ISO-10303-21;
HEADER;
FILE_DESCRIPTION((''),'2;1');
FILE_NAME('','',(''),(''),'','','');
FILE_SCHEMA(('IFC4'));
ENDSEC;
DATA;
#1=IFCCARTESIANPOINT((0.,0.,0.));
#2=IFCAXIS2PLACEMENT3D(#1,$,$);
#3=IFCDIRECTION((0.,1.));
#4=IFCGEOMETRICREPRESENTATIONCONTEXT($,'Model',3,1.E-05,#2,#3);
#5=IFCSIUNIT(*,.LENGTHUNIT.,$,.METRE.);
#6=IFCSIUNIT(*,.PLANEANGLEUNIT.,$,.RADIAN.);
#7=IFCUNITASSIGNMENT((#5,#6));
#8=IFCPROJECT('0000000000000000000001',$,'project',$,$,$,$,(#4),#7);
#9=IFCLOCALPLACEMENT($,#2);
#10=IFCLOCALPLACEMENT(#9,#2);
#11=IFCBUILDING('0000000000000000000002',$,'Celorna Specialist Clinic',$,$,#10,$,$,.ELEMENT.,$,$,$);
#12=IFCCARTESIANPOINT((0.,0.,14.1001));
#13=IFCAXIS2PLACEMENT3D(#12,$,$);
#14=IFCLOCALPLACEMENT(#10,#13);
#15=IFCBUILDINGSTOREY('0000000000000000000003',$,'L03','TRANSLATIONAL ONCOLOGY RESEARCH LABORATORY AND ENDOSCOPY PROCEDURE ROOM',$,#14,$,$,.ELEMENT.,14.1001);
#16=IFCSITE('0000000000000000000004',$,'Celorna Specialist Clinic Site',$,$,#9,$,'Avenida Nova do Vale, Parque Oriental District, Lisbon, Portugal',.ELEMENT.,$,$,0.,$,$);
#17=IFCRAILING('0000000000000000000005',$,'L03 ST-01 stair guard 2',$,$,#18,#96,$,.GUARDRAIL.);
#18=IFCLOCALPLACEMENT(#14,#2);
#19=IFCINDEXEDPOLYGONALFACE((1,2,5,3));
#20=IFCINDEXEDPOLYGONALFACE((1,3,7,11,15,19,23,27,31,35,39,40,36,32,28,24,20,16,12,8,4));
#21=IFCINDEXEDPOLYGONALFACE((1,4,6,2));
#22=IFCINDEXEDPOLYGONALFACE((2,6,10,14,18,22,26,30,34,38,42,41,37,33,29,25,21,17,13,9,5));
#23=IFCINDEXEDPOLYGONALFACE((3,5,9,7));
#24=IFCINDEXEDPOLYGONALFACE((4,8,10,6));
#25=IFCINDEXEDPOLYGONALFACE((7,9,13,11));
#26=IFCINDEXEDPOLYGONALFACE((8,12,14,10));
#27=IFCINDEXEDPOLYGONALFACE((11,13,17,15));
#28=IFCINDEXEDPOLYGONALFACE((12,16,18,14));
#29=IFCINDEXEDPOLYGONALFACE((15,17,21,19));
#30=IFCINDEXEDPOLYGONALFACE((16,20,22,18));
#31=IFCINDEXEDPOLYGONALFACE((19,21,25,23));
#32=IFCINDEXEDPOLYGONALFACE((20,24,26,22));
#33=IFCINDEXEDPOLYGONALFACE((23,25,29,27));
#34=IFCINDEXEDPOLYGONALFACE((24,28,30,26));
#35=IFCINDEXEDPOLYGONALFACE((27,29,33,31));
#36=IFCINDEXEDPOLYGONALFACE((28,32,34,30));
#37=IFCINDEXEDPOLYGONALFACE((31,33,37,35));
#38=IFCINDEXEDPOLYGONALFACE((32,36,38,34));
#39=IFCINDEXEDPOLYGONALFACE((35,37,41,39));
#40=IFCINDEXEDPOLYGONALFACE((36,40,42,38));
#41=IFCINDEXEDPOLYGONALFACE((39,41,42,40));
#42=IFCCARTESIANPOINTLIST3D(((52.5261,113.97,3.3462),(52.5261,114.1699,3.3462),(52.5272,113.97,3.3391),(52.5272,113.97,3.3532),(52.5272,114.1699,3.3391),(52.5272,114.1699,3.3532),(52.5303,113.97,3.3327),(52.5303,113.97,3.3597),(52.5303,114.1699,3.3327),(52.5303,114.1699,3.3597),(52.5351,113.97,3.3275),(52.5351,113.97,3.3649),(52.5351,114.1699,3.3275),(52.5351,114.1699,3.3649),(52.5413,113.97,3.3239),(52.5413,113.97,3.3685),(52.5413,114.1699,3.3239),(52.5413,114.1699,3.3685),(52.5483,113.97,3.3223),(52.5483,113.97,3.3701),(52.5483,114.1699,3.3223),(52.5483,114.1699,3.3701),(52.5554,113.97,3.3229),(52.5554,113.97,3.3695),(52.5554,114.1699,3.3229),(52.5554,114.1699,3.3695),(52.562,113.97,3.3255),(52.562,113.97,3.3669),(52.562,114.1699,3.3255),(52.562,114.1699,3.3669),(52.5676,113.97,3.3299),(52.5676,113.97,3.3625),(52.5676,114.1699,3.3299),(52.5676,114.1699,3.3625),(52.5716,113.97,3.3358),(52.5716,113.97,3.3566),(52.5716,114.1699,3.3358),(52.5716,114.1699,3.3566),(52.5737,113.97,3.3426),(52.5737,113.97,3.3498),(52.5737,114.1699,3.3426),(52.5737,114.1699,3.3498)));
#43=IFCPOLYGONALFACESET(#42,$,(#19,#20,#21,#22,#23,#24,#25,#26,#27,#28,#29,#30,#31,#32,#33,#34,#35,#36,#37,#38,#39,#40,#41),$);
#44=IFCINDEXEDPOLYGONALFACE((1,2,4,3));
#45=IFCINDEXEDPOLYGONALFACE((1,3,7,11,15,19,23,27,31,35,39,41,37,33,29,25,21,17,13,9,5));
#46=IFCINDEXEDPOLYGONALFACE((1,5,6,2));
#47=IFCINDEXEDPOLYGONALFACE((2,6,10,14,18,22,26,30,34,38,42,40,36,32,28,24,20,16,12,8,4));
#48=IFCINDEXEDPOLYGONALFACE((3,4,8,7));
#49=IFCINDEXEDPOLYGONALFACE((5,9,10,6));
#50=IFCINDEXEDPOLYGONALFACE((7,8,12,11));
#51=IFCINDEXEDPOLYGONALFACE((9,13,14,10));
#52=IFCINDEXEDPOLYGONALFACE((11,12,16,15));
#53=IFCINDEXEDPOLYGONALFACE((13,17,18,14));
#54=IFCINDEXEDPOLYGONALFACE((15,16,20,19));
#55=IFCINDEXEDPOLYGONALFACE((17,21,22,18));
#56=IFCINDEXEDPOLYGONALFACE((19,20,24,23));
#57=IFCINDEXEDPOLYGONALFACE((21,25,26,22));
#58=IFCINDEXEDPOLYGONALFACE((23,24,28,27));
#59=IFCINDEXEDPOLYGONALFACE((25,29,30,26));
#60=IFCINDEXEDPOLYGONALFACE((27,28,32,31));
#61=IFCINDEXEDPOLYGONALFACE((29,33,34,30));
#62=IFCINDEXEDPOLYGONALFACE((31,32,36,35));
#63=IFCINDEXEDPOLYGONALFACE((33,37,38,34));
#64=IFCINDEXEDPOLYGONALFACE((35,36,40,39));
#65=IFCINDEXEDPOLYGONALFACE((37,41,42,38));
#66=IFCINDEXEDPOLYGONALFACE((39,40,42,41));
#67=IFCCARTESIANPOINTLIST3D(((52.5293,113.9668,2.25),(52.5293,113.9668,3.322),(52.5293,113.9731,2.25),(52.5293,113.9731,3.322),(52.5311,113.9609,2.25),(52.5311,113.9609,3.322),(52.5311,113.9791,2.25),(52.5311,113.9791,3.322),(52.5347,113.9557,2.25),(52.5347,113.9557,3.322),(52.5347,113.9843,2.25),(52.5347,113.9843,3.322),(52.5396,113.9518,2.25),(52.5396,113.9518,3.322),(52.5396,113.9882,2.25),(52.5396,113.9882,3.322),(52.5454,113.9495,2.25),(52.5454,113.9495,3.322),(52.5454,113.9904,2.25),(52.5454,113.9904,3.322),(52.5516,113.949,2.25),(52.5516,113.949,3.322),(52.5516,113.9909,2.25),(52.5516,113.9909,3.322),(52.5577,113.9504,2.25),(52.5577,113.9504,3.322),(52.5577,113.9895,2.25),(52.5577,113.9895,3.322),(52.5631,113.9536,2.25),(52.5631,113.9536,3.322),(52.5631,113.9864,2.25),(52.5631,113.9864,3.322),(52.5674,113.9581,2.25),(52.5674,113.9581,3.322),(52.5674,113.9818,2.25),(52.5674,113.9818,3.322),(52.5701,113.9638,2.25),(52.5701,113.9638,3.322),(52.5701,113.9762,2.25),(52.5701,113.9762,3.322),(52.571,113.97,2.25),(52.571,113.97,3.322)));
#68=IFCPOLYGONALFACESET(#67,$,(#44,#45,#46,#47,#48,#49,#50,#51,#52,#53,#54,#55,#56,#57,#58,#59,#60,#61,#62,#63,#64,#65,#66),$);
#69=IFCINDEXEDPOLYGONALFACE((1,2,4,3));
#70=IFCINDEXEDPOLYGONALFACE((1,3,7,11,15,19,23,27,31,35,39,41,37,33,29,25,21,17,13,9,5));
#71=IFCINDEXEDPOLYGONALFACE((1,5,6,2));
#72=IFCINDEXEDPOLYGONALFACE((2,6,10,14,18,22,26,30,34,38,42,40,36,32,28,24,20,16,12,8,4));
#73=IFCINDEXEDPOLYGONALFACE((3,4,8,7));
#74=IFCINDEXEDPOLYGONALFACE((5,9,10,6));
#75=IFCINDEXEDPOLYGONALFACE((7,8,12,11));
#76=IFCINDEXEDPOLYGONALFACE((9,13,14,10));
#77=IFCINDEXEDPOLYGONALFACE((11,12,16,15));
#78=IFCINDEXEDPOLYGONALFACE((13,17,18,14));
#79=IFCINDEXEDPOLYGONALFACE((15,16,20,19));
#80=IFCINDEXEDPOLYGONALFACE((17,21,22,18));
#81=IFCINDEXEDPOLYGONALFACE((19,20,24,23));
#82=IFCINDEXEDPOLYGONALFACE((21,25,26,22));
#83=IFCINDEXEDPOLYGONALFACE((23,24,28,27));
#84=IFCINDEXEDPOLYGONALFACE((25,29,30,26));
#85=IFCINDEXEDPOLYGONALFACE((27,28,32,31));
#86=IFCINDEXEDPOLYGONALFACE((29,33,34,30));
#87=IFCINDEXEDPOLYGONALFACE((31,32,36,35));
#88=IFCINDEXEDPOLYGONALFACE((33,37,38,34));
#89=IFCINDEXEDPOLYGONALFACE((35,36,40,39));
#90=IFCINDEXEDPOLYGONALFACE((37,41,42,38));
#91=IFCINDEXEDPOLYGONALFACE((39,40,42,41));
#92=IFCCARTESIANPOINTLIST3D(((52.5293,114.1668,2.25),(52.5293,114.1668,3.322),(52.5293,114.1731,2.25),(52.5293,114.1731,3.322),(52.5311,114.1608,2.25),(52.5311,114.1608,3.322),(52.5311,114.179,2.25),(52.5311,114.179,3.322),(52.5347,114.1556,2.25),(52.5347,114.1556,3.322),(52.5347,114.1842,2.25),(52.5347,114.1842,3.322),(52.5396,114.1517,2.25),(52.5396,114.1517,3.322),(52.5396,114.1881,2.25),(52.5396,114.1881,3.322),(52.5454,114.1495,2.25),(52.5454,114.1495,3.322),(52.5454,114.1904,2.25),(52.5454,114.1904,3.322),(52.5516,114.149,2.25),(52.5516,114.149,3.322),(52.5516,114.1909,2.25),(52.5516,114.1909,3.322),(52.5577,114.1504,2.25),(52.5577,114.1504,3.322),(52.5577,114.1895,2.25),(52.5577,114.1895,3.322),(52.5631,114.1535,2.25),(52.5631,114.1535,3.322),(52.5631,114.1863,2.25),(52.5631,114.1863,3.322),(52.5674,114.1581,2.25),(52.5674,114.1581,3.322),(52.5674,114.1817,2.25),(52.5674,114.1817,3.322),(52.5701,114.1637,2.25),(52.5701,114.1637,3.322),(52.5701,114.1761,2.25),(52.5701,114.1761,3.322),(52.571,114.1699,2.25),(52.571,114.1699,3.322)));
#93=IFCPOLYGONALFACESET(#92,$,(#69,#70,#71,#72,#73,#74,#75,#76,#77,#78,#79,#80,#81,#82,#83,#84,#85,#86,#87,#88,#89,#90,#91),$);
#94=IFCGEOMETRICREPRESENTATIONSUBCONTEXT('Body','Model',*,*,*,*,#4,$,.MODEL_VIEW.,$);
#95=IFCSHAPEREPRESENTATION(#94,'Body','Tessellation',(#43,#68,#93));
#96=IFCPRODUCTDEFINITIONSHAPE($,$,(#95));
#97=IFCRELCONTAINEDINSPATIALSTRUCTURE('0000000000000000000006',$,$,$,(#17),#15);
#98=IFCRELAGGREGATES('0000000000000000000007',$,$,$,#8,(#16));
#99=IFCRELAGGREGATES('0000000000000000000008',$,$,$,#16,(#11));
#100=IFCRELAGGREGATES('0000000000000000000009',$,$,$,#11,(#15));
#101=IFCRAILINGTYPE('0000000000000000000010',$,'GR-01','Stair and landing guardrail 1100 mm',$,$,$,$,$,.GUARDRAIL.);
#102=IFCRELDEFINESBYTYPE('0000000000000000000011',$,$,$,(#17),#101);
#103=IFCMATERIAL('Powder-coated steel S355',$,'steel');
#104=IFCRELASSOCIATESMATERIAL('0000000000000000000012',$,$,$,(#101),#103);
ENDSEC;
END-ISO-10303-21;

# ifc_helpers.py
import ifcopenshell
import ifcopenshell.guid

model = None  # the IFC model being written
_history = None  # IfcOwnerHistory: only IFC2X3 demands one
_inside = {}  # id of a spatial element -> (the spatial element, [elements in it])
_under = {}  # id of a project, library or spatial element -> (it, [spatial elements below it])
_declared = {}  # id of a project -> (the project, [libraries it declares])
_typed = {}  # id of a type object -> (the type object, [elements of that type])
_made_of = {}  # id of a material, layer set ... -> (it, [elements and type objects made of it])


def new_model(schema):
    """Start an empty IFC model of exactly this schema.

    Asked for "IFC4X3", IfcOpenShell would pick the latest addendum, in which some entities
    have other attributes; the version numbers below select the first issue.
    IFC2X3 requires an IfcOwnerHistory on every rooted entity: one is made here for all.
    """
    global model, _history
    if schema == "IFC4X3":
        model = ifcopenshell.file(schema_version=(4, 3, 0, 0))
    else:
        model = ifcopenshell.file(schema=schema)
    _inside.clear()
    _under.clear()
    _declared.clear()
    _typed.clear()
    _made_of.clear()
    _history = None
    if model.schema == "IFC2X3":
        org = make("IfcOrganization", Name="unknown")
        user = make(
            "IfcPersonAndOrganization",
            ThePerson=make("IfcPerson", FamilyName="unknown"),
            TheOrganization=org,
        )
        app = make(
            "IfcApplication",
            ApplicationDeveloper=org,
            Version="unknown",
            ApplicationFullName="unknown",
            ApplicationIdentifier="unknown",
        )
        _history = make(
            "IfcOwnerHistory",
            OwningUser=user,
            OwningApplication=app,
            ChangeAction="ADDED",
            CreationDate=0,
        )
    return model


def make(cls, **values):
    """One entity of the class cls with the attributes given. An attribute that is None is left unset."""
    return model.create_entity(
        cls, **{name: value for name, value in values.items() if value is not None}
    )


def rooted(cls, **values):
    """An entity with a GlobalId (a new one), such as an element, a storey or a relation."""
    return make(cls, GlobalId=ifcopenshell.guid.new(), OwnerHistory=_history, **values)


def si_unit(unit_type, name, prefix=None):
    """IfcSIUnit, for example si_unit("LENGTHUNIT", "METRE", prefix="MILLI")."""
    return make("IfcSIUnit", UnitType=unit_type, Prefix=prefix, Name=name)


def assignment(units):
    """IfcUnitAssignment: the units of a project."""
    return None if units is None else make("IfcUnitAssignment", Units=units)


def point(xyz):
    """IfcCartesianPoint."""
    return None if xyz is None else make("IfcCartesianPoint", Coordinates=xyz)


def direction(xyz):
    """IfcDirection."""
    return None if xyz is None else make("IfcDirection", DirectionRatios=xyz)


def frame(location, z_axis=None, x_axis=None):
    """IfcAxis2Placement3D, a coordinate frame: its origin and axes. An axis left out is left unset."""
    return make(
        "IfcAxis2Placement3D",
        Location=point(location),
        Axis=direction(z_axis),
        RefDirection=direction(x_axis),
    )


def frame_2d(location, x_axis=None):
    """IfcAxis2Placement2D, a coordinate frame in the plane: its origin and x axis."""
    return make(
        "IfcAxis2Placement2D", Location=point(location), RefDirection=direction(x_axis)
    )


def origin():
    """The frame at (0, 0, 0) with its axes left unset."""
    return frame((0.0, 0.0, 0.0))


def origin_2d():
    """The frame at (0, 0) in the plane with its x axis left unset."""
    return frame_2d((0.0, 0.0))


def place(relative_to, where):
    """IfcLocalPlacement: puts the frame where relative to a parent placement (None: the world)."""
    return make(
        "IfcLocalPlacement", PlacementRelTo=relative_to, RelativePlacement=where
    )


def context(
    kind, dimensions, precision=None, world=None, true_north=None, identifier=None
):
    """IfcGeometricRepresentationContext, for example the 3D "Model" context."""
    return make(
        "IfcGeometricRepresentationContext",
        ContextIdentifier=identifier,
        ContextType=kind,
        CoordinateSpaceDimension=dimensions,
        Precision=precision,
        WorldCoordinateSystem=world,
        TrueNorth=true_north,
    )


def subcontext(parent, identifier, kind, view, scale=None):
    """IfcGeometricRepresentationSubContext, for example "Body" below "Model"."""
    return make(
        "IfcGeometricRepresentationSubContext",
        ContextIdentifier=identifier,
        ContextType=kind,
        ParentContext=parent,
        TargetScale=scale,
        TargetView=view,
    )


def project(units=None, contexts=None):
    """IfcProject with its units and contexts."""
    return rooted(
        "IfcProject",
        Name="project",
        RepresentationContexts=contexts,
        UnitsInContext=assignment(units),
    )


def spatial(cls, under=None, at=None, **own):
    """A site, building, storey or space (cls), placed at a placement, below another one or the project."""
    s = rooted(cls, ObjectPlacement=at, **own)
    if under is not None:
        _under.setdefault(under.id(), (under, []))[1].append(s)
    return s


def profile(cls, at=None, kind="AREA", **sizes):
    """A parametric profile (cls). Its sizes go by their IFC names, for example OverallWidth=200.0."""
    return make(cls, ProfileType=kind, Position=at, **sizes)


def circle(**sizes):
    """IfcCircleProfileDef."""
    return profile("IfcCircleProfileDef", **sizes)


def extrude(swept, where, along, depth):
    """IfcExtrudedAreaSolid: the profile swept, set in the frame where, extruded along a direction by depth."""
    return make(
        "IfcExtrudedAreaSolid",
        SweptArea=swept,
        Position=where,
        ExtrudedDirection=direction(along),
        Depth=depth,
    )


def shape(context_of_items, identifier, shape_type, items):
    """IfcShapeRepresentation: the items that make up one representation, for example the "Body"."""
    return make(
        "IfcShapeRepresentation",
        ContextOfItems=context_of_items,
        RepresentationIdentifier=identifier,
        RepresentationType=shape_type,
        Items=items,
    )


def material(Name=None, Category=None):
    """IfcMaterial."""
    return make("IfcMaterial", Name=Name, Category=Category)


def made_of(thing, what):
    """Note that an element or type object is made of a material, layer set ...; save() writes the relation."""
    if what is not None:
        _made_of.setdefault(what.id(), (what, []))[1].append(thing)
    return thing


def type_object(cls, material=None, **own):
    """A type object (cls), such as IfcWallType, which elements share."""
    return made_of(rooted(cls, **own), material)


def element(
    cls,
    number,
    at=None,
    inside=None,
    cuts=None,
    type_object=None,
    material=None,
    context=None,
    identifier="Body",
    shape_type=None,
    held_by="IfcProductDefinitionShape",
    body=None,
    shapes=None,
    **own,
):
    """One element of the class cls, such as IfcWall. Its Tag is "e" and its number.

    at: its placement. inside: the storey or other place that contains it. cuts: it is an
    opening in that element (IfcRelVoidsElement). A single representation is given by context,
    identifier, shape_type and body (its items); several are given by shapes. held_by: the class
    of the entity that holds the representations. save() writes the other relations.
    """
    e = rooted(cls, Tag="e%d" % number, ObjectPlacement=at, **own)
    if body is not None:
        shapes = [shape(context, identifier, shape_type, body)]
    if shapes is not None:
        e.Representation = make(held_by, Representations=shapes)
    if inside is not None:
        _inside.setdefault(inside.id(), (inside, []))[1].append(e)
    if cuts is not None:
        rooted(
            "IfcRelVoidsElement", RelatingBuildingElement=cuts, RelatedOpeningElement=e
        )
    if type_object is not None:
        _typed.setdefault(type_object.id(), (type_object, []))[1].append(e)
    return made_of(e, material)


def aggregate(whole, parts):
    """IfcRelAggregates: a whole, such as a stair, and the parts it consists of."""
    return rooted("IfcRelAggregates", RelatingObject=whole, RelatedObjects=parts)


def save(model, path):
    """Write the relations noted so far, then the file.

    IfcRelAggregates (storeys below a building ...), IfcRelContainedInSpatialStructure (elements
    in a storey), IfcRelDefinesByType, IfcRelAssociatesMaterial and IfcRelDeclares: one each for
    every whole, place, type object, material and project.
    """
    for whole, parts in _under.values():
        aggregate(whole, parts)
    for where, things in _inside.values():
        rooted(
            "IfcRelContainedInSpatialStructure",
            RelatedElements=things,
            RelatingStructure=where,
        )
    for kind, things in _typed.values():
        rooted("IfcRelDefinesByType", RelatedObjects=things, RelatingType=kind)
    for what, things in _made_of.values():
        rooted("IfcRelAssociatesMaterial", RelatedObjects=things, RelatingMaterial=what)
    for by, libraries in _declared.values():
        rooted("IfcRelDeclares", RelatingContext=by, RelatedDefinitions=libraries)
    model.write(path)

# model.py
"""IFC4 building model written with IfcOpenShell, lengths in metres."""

from ifc_helpers import new_model, si_unit, direction, frame, origin, origin_2d, place, context, subcontext, project, spatial, circle, extrude, material, type_object, element, save


model = new_model("IFC4")

# Units and contexts
model_context = context("Model", 3, precision=1e-05, world=origin(), true_north=direction((0.0, 1.0)))
body_context = subcontext(model_context, "Body", "Model", "MODEL_VIEW")
ifc_project = project(units=[si_unit("LENGTHUNIT", "METRE"), si_unit("PLANEANGLEUNIT", "RADIAN")], contexts=[model_context])

# Site, building, storey
site_placement = place(None, origin())
site = spatial("IfcSite", under=ifc_project, at=site_placement, Name="Celorna Specialist Clinic Site", LongName="Avenida Nova do Vale, Parque Oriental District, Lisbon, Portugal", CompositionType="ELEMENT", RefElevation=0.0)
building_placement = place(site_placement, origin())
building = spatial("IfcBuilding", under=site, at=building_placement, Name="Celorna Specialist Clinic", CompositionType="ELEMENT")
storey_placement = place(building_placement, frame((0.0, 0.0, 14.1001)))
storey = spatial("IfcBuildingStorey", under=building, at=storey_placement, Name="L03", Description="TRANSLATIONAL ONCOLOGY RESEARCH LABORATORY AND ENDOSCOPY PROCEDURE ROOM", CompositionType="ELEMENT", Elevation=14.1001)

# Railing
ifc_material_1 = material(Name="Powder-coated steel S355", Category="steel")
railing_type_1 = type_object("IfcRailingType", Name="GR-01", Description="Stair and landing guardrail 1100 mm", PredefinedType="GUARDRAIL", material=ifc_material_1)
railing_1_placement = place(storey_placement, frame((52.55, 113.97, 2.25)))
element("IfcRailing", 1, at=railing_1_placement, inside=storey, type_object=railing_type_1, Name="L03 ST-01 stair guard 2", PredefinedType="GUARDRAIL", context=body_context, shape_type="SweptSolid", body=[
    extrude(circle(Radius=0.0239, at=origin_2d()), frame((0.0, 0.0, 1.0962), z_axis=(0.0, 1.0, 0.0), x_axis=(-1.0, 0.0, 0.0)), (0.0, 0.0, 1.0), 0.2),
    extrude(circle(Radius=0.021, at=origin_2d()), origin(), (0.0, 0.0, 1.0), 1.072),
    extrude(circle(Radius=0.021, at=origin_2d()), frame((0.0, 0.2, 0.0)), (0.0, 0.0, 1.0), 1.072),
])

save(model, "model.ifc")
